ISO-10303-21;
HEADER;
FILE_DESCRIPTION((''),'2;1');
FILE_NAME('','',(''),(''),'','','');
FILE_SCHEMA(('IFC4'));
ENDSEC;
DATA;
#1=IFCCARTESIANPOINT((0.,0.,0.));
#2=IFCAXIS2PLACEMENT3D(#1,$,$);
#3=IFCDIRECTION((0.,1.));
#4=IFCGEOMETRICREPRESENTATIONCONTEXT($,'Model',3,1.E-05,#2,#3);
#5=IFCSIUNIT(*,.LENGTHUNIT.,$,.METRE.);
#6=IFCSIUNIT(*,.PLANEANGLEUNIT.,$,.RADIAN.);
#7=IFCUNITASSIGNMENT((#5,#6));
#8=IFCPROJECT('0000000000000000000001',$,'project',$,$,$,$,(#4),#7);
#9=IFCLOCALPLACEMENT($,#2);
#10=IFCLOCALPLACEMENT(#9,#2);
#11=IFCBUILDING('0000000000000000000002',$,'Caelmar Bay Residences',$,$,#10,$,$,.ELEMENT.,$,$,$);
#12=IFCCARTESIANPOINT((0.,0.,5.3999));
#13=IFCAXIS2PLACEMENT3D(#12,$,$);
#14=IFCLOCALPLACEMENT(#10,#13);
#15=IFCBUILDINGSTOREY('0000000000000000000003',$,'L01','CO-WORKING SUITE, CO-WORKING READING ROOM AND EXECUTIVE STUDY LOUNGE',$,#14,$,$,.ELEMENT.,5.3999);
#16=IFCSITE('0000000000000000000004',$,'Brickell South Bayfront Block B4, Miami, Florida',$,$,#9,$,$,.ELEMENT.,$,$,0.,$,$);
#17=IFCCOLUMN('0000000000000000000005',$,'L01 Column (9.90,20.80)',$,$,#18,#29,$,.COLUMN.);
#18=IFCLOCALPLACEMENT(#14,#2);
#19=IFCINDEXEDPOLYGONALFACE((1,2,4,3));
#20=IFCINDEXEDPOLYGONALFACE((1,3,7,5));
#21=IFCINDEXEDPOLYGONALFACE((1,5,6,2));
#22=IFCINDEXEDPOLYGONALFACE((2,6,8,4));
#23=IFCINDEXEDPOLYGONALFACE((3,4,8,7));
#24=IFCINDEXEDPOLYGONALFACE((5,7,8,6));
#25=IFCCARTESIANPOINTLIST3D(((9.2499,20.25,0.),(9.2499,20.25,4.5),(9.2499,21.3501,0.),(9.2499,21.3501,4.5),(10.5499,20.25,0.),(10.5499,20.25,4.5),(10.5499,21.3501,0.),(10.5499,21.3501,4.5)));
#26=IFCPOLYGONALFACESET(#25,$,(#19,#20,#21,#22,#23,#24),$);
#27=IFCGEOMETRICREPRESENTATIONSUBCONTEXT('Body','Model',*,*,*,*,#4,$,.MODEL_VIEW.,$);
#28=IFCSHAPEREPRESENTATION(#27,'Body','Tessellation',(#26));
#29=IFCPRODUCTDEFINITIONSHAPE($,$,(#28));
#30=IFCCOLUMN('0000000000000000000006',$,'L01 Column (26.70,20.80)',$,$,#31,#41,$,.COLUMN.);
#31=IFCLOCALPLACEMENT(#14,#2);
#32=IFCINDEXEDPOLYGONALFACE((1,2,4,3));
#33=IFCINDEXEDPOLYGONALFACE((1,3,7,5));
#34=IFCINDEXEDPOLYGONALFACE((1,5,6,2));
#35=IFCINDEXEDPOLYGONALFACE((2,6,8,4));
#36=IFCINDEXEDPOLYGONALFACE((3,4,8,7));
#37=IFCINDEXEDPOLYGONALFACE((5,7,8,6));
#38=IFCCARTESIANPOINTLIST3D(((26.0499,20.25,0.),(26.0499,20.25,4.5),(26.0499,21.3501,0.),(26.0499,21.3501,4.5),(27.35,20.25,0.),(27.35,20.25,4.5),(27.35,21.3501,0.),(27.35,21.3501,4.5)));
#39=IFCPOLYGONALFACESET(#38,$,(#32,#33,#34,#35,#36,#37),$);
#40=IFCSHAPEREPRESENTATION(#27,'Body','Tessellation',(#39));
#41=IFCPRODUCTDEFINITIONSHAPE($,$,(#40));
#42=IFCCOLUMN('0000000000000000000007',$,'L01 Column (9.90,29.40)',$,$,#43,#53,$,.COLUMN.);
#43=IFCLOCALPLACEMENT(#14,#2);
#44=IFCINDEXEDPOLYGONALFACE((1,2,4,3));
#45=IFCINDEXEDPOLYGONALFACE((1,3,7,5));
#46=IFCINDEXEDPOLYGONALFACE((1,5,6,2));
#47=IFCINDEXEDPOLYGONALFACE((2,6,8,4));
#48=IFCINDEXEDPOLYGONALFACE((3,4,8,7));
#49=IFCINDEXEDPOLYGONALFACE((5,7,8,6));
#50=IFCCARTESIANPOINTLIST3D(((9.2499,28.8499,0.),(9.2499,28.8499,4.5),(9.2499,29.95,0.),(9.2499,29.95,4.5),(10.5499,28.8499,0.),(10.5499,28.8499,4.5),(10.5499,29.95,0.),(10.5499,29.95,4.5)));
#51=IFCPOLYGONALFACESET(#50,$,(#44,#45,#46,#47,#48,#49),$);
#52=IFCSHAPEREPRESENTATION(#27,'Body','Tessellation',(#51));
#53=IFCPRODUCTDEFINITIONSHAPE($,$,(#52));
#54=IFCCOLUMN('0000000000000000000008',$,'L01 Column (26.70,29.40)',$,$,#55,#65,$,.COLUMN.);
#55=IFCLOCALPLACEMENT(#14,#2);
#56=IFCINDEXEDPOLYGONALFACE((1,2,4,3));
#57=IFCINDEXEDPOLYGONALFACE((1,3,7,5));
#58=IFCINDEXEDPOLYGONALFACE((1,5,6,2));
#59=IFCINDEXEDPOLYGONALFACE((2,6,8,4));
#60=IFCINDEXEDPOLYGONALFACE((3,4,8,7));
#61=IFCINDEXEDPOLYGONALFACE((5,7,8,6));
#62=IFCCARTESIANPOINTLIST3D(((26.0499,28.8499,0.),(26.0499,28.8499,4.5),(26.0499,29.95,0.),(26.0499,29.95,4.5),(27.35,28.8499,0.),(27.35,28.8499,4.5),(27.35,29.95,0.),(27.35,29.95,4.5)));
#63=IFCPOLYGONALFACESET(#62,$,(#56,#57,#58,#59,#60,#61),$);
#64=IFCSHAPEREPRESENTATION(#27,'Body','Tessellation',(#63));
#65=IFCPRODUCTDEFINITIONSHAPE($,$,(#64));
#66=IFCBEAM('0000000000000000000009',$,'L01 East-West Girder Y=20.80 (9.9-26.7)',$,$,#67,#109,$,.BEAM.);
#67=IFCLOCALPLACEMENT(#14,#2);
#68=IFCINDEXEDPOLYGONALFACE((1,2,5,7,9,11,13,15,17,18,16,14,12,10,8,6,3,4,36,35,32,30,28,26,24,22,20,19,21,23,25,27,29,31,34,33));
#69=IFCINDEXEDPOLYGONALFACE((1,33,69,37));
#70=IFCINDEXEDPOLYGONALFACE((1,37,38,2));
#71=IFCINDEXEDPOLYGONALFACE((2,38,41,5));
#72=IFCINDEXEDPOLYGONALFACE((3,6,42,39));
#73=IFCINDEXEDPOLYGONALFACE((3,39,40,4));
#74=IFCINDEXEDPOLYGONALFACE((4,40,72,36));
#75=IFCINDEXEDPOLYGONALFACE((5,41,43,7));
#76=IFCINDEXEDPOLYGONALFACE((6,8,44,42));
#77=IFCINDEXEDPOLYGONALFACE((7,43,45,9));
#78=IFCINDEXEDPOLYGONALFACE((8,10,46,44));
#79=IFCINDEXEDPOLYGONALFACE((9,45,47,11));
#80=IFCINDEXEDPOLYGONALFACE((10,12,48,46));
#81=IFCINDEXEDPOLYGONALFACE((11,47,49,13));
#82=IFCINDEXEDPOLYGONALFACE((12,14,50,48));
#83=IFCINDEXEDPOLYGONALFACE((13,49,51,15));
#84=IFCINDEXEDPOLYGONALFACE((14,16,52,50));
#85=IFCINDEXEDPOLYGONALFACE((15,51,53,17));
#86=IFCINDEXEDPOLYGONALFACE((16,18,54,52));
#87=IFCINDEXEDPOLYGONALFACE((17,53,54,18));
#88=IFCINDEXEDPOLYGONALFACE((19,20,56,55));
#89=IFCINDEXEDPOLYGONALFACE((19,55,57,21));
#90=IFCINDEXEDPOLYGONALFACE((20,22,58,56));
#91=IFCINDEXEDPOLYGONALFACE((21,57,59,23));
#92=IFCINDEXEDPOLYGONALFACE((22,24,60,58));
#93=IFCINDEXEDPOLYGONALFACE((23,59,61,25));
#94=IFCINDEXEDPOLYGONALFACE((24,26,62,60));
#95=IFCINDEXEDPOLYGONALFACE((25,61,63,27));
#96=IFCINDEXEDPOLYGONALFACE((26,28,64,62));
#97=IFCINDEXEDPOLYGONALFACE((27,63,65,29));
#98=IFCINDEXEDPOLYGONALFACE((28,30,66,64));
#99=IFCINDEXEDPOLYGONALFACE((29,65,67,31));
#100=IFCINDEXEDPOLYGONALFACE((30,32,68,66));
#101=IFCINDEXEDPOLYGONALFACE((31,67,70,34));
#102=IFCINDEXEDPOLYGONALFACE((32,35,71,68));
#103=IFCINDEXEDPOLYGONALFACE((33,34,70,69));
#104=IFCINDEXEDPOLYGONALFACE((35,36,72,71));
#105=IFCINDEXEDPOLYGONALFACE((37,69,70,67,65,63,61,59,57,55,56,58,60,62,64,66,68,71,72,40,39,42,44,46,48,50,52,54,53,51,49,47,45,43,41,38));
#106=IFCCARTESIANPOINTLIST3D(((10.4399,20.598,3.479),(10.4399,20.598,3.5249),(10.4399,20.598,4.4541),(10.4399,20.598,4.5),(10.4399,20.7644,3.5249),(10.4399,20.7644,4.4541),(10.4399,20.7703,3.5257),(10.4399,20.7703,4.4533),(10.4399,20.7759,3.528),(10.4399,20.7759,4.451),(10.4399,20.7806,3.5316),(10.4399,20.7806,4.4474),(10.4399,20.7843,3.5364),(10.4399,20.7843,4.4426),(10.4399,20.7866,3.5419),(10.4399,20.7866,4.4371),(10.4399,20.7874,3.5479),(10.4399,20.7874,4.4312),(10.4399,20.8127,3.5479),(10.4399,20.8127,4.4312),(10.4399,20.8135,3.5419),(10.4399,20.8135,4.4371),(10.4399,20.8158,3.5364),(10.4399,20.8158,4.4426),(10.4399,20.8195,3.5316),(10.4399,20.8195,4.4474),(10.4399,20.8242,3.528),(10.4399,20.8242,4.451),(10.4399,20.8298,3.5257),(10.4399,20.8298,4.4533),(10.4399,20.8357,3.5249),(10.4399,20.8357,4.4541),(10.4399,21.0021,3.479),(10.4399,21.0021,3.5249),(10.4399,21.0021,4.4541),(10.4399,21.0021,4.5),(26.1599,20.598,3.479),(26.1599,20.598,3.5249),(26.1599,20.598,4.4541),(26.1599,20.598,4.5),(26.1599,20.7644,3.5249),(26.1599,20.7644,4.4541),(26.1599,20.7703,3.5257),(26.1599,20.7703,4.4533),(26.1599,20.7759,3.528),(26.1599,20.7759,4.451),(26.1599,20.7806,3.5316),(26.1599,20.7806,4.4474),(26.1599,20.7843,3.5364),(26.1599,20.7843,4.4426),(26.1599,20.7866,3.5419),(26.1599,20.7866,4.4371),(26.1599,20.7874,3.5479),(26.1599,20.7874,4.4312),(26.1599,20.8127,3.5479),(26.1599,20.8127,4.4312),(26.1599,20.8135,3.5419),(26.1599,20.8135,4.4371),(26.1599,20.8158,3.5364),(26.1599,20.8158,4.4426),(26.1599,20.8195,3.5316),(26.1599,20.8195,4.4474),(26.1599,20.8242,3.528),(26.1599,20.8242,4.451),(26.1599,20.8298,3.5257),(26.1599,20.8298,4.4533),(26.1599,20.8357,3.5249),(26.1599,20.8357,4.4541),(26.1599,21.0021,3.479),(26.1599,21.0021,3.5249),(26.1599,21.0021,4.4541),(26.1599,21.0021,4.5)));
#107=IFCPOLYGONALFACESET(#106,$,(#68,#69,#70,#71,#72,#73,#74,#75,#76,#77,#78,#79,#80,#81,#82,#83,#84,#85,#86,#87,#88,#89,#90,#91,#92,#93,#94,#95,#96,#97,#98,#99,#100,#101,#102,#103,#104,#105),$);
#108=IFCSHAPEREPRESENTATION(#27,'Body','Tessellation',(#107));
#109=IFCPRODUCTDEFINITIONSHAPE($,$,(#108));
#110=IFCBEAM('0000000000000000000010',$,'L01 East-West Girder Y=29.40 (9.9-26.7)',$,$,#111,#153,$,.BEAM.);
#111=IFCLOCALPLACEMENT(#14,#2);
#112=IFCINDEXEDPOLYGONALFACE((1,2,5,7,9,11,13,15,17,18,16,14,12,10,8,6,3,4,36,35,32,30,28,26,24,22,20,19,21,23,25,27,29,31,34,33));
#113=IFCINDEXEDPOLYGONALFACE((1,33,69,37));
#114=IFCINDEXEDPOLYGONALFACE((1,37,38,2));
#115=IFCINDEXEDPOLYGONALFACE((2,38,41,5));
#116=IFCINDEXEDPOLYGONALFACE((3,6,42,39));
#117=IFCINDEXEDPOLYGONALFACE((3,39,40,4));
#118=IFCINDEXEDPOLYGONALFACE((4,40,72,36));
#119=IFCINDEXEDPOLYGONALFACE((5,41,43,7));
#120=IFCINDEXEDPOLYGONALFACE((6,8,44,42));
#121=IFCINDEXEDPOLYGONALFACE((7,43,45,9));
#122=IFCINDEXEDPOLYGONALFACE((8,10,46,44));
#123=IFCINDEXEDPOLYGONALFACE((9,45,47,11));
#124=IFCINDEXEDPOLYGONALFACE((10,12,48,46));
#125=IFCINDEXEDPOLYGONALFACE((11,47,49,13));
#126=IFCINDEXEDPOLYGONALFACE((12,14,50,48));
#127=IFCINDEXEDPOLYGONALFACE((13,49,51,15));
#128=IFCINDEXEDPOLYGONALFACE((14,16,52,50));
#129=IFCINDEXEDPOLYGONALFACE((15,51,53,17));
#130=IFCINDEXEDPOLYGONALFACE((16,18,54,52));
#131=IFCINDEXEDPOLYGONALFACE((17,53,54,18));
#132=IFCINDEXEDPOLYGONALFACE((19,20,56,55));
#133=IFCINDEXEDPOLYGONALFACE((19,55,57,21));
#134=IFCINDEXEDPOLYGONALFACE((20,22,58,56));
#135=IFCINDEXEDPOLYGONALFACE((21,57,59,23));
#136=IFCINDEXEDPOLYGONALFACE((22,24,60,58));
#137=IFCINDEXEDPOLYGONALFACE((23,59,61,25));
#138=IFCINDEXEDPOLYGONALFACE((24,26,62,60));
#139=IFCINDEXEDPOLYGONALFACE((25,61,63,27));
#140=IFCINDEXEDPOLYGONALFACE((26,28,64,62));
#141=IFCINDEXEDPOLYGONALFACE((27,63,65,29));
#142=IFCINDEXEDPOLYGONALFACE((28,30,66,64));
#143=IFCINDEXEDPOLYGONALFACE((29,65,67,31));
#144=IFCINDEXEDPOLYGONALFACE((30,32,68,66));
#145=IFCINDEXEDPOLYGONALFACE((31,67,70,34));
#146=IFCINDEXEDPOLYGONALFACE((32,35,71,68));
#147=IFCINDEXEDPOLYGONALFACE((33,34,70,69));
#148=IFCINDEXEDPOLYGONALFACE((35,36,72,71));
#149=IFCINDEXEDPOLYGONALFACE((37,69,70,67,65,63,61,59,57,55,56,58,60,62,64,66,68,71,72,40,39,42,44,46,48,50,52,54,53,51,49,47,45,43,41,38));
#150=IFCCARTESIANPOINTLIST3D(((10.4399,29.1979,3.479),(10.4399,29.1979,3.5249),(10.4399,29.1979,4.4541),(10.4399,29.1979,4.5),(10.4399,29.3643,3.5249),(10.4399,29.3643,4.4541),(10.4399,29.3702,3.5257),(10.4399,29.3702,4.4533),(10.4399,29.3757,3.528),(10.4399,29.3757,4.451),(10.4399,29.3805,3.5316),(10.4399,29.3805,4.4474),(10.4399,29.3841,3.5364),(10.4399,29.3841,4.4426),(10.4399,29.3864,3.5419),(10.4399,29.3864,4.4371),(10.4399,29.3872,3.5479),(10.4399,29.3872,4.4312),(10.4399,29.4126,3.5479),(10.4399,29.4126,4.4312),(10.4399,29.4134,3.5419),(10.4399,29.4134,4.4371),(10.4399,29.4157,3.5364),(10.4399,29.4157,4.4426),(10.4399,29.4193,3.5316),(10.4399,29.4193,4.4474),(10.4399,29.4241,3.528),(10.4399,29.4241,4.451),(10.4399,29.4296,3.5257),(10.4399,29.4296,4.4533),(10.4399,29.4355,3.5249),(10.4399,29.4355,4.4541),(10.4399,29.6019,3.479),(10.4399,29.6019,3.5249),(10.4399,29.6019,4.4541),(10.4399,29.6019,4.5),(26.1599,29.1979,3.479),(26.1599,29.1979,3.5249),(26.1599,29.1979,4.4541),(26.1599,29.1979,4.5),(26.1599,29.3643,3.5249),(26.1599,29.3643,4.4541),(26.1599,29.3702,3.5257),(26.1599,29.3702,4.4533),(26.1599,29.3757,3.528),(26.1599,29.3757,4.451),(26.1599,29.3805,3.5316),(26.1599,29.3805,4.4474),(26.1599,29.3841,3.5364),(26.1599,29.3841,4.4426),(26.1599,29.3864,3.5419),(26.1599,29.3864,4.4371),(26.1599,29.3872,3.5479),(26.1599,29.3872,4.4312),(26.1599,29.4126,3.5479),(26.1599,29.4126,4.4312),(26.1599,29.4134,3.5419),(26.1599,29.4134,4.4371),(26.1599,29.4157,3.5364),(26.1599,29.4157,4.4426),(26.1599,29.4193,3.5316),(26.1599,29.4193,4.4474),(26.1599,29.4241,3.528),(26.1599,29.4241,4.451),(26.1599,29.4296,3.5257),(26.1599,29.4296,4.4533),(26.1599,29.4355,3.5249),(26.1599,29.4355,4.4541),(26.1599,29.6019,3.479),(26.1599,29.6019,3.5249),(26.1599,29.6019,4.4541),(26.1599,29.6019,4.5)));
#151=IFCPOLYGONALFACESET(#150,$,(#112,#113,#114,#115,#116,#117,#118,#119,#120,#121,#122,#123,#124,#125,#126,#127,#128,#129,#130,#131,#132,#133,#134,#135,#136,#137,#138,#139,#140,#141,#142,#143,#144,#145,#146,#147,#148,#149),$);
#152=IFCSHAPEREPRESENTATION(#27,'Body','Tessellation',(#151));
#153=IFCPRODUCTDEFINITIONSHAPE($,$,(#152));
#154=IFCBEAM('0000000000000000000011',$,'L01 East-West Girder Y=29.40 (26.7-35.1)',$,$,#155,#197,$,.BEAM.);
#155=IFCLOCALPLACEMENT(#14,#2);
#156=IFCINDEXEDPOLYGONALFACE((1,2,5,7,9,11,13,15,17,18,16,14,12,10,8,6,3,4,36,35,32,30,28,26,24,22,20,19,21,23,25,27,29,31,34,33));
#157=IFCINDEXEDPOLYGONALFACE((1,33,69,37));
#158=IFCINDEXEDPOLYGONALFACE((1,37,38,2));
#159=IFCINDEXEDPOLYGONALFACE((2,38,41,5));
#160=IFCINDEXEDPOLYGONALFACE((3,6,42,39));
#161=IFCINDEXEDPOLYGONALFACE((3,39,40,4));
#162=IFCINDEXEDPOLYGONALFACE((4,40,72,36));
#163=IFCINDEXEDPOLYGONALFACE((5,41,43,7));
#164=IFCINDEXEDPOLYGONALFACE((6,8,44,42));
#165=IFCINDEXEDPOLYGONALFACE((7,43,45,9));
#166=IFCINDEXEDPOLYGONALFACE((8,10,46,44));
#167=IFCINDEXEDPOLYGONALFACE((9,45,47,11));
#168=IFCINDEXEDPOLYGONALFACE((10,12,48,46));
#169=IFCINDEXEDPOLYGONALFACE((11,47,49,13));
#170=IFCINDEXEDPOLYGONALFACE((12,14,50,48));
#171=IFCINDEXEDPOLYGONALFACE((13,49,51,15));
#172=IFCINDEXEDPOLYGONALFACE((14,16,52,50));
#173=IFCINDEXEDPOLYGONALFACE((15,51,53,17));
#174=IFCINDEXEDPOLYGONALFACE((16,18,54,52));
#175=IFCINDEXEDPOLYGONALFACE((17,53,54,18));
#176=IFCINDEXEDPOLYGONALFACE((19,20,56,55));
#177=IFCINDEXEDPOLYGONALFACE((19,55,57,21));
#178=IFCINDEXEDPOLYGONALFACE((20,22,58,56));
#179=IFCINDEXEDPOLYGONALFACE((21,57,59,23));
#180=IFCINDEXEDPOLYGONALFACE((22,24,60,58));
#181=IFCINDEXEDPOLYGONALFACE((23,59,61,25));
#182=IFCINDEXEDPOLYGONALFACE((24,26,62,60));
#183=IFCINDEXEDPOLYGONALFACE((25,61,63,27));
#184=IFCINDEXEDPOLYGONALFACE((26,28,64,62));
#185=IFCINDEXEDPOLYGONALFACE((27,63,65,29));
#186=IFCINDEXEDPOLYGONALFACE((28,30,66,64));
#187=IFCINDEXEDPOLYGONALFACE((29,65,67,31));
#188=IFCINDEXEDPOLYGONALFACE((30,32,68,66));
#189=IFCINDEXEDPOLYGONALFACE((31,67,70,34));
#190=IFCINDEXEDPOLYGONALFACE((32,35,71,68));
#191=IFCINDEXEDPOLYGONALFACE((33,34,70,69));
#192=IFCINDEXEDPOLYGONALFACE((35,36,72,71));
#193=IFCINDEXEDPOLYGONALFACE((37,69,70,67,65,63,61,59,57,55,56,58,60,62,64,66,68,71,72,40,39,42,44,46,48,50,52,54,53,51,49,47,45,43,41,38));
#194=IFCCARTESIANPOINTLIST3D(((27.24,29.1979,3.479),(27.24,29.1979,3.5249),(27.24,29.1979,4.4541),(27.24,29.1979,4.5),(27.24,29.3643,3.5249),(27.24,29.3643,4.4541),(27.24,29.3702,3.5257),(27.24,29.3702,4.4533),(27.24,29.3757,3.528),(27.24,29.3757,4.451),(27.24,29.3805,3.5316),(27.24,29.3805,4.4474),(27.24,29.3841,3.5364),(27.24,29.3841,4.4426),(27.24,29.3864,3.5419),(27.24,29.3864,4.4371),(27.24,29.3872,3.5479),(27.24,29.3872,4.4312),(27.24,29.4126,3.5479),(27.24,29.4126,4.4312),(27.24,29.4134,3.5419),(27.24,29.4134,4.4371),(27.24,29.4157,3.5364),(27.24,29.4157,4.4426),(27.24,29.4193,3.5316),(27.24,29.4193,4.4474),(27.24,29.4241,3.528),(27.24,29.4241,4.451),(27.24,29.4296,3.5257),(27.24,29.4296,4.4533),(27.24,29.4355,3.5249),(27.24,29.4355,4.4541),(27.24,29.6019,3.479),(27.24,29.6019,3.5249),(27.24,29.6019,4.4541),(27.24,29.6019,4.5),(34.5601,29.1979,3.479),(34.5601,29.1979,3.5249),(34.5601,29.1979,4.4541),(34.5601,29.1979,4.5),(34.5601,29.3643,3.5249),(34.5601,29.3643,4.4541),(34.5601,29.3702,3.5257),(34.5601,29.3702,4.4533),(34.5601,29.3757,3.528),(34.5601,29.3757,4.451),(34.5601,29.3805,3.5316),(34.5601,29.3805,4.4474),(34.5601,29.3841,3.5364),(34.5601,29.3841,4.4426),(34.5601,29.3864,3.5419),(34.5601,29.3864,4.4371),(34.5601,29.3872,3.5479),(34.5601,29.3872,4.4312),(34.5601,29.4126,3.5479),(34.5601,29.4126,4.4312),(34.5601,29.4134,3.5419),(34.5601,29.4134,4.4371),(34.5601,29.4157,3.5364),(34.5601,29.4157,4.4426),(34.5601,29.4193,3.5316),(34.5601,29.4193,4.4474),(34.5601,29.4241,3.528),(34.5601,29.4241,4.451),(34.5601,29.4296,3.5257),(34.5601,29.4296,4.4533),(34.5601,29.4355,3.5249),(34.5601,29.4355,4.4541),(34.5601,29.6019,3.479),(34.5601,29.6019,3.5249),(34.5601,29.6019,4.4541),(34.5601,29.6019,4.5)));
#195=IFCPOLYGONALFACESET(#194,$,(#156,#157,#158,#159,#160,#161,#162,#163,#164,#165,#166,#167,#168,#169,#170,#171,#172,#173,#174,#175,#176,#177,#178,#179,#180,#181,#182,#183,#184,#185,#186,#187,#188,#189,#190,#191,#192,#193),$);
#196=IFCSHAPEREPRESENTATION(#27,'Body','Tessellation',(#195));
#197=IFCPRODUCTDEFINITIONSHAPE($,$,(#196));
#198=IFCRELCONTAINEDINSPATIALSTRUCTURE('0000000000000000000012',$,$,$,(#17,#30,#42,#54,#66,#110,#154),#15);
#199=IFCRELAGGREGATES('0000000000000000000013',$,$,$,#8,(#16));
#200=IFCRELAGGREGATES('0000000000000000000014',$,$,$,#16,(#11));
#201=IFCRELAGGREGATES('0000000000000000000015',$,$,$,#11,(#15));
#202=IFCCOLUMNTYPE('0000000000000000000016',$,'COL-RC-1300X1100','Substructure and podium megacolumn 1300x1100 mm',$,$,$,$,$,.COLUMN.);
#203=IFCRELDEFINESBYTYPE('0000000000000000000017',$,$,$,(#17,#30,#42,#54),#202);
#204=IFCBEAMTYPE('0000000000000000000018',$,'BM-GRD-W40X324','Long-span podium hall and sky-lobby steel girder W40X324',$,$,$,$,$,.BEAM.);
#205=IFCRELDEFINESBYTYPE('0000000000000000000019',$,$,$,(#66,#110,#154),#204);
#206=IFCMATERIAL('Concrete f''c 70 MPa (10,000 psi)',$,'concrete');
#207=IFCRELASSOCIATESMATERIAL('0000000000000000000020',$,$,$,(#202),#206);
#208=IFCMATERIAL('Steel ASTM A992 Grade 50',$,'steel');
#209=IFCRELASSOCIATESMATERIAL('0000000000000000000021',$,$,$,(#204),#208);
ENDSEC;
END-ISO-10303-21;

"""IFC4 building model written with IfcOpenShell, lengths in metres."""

from ifc_helpers import new_model, si_unit, direction, frame, origin, origin_2d, place, context, subcontext, project, spatial, rectangle, i_section, extrude, material, material_profile, profile_set, type_object, element, save


model = new_model("IFC4")

# Units and contexts
model_context = context("Model", 3, precision=1e-05, world=origin(), true_north=direction((0.0, 1.0)))
body_context = subcontext(model_context, "Body", "Model", "MODEL_VIEW")
ifc_project = project(units=[si_unit("LENGTHUNIT", "METRE"), si_unit("PLANEANGLEUNIT", "RADIAN")], contexts=[model_context])

# Site, building, storey
site_placement = place(None, origin())
site = spatial("IfcSite", under=ifc_project, at=site_placement, Name="Brickell South Bayfront Block B4, Miami, Florida", CompositionType="ELEMENT", RefElevation=0.0)
building_placement = place(site_placement, origin())
building = spatial("IfcBuilding", under=site, at=building_placement, Name="Caelmar Bay Residences", CompositionType="ELEMENT")
storey_placement = place(building_placement, frame((0.0, 0.0, 5.3999)))
storey = spatial("IfcBuildingStorey", under=building, at=storey_placement, Name="L01", Description="CO-WORKING SUITE, CO-WORKING READING ROOM AND EXECUTIVE STUDY LOUNGE", CompositionType="ELEMENT", Elevation=5.3999)

# Columns
ifc_material_1 = material(Name="Concrete f'c 70 MPa (10,000 psi)", Category="concrete")
ifc_material_profile_1 = material_profile(ifc_material_1, rectangle(XDim=1.3, YDim=1.1001, at=origin_2d()), Name="RC-COL-1300X1100")
ifc_profile_set_1 = profile_set([ifc_material_profile_1], Name="Concrete f'c 70 MPa (10,000 psi)")
column_type = type_object("IfcColumnType", Name="COL-RC-1300X1100", Description="Substructure and podium megacolumn 1300x1100 mm", PredefinedType="COLUMN", material=ifc_profile_set_1)
for number, where, z_axis, x_axis, name in (
    (1, (9.8999, 20.8, 0.0), (0.0, 0.0, 1.0), (1.0, 0.0, 0.0), "L01 Column (9.90,20.80)"),
    (2, (26.7, 20.8, 0.0), (0.0, 0.0, 1.0), (1.0, 0.0, 0.0), "L01 Column (26.70,20.80)"),
    (3, (9.8999, 29.3999, 0.0), (0.0, 0.0, 1.0), (1.0, 0.0, 0.0), "L01 Column (9.90,29.40)"),
    (4, (26.7, 29.3999, 0.0), (0.0, 0.0, 1.0), (1.0, 0.0, 0.0), "L01 Column (26.70,29.40)"),
):
    element("IfcColumn", number, at=place(storey_placement, frame(where, z_axis=z_axis, x_axis=x_axis)), inside=storey, type_object=column_type, Name=name, PredefinedType="COLUMN", context=body_context, shape_type="SweptSolid", body=[
        extrude(rectangle(XDim=1.3, YDim=1.1001, at=origin_2d()), origin(), (0.0, 0.0, 1.0), 4.5),
    ])

# Beams
ifc_material_2 = material(Name="Steel ASTM A992 Grade 50", Category="steel")
ifc_material_profile_2 = material_profile(ifc_material_2, i_section(OverallWidth=0.4041, OverallDepth=1.021, WebThickness=0.0254, FlangeThickness=0.0459, FilletRadius=0.0229, at=origin_2d()), Name="W40X324")
ifc_profile_set_2 = profile_set([ifc_material_profile_2], Name="Steel ASTM A992 Grade 50")
beam_type_1 = type_object("IfcBeamType", Name="BM-GRD-W40X324", Description="Long-span podium hall and sky-lobby steel girder W40X324", PredefinedType="BEAM", material=ifc_profile_set_2)
for number, where, z_axis, x_axis, name in (
    (5, (10.4399, 20.8, 3.9895), (1.0, 0.0, 0.0), (0.0, 1.0, 0.0), "L01 East-West Girder Y=20.80 (9.9-26.7)"),
    (6, (10.4399, 29.3999, 3.9895), (1.0, 0.0, 0.0), (0.0, 1.0, 0.0), "L01 East-West Girder Y=29.40 (9.9-26.7)"),
):
    element("IfcBeam", number, at=place(storey_placement, frame(where, z_axis=z_axis, x_axis=x_axis)), inside=storey, type_object=beam_type_1, Name=name, PredefinedType="BEAM", context=body_context, shape_type="SweptSolid", body=[
        extrude(i_section(OverallWidth=0.4041, OverallDepth=1.021, WebThickness=0.0254, FlangeThickness=0.0459, FilletRadius=0.0229, at=origin_2d()), origin(), (0.0, 0.0, 1.0), 15.72),
    ])
beam_1_placement = place(storey_placement, frame((27.24, 29.3999, 3.9895), z_axis=(1.0, 0.0, 0.0), x_axis=(0.0, 1.0, 0.0)))
element("IfcBeam", 7, at=beam_1_placement, inside=storey, type_object=beam_type_1, Name="L01 East-West Girder Y=29.40 (26.7-35.1)", PredefinedType="BEAM", context=body_context, shape_type="SweptSolid", body=[
    extrude(i_section(OverallWidth=0.4041, OverallDepth=1.021, WebThickness=0.0254, FlangeThickness=0.0459, FilletRadius=0.0229, at=origin_2d()), origin(), (0.0, 0.0, 1.0), 7.3201),
])

save(model, "model.ifc")
